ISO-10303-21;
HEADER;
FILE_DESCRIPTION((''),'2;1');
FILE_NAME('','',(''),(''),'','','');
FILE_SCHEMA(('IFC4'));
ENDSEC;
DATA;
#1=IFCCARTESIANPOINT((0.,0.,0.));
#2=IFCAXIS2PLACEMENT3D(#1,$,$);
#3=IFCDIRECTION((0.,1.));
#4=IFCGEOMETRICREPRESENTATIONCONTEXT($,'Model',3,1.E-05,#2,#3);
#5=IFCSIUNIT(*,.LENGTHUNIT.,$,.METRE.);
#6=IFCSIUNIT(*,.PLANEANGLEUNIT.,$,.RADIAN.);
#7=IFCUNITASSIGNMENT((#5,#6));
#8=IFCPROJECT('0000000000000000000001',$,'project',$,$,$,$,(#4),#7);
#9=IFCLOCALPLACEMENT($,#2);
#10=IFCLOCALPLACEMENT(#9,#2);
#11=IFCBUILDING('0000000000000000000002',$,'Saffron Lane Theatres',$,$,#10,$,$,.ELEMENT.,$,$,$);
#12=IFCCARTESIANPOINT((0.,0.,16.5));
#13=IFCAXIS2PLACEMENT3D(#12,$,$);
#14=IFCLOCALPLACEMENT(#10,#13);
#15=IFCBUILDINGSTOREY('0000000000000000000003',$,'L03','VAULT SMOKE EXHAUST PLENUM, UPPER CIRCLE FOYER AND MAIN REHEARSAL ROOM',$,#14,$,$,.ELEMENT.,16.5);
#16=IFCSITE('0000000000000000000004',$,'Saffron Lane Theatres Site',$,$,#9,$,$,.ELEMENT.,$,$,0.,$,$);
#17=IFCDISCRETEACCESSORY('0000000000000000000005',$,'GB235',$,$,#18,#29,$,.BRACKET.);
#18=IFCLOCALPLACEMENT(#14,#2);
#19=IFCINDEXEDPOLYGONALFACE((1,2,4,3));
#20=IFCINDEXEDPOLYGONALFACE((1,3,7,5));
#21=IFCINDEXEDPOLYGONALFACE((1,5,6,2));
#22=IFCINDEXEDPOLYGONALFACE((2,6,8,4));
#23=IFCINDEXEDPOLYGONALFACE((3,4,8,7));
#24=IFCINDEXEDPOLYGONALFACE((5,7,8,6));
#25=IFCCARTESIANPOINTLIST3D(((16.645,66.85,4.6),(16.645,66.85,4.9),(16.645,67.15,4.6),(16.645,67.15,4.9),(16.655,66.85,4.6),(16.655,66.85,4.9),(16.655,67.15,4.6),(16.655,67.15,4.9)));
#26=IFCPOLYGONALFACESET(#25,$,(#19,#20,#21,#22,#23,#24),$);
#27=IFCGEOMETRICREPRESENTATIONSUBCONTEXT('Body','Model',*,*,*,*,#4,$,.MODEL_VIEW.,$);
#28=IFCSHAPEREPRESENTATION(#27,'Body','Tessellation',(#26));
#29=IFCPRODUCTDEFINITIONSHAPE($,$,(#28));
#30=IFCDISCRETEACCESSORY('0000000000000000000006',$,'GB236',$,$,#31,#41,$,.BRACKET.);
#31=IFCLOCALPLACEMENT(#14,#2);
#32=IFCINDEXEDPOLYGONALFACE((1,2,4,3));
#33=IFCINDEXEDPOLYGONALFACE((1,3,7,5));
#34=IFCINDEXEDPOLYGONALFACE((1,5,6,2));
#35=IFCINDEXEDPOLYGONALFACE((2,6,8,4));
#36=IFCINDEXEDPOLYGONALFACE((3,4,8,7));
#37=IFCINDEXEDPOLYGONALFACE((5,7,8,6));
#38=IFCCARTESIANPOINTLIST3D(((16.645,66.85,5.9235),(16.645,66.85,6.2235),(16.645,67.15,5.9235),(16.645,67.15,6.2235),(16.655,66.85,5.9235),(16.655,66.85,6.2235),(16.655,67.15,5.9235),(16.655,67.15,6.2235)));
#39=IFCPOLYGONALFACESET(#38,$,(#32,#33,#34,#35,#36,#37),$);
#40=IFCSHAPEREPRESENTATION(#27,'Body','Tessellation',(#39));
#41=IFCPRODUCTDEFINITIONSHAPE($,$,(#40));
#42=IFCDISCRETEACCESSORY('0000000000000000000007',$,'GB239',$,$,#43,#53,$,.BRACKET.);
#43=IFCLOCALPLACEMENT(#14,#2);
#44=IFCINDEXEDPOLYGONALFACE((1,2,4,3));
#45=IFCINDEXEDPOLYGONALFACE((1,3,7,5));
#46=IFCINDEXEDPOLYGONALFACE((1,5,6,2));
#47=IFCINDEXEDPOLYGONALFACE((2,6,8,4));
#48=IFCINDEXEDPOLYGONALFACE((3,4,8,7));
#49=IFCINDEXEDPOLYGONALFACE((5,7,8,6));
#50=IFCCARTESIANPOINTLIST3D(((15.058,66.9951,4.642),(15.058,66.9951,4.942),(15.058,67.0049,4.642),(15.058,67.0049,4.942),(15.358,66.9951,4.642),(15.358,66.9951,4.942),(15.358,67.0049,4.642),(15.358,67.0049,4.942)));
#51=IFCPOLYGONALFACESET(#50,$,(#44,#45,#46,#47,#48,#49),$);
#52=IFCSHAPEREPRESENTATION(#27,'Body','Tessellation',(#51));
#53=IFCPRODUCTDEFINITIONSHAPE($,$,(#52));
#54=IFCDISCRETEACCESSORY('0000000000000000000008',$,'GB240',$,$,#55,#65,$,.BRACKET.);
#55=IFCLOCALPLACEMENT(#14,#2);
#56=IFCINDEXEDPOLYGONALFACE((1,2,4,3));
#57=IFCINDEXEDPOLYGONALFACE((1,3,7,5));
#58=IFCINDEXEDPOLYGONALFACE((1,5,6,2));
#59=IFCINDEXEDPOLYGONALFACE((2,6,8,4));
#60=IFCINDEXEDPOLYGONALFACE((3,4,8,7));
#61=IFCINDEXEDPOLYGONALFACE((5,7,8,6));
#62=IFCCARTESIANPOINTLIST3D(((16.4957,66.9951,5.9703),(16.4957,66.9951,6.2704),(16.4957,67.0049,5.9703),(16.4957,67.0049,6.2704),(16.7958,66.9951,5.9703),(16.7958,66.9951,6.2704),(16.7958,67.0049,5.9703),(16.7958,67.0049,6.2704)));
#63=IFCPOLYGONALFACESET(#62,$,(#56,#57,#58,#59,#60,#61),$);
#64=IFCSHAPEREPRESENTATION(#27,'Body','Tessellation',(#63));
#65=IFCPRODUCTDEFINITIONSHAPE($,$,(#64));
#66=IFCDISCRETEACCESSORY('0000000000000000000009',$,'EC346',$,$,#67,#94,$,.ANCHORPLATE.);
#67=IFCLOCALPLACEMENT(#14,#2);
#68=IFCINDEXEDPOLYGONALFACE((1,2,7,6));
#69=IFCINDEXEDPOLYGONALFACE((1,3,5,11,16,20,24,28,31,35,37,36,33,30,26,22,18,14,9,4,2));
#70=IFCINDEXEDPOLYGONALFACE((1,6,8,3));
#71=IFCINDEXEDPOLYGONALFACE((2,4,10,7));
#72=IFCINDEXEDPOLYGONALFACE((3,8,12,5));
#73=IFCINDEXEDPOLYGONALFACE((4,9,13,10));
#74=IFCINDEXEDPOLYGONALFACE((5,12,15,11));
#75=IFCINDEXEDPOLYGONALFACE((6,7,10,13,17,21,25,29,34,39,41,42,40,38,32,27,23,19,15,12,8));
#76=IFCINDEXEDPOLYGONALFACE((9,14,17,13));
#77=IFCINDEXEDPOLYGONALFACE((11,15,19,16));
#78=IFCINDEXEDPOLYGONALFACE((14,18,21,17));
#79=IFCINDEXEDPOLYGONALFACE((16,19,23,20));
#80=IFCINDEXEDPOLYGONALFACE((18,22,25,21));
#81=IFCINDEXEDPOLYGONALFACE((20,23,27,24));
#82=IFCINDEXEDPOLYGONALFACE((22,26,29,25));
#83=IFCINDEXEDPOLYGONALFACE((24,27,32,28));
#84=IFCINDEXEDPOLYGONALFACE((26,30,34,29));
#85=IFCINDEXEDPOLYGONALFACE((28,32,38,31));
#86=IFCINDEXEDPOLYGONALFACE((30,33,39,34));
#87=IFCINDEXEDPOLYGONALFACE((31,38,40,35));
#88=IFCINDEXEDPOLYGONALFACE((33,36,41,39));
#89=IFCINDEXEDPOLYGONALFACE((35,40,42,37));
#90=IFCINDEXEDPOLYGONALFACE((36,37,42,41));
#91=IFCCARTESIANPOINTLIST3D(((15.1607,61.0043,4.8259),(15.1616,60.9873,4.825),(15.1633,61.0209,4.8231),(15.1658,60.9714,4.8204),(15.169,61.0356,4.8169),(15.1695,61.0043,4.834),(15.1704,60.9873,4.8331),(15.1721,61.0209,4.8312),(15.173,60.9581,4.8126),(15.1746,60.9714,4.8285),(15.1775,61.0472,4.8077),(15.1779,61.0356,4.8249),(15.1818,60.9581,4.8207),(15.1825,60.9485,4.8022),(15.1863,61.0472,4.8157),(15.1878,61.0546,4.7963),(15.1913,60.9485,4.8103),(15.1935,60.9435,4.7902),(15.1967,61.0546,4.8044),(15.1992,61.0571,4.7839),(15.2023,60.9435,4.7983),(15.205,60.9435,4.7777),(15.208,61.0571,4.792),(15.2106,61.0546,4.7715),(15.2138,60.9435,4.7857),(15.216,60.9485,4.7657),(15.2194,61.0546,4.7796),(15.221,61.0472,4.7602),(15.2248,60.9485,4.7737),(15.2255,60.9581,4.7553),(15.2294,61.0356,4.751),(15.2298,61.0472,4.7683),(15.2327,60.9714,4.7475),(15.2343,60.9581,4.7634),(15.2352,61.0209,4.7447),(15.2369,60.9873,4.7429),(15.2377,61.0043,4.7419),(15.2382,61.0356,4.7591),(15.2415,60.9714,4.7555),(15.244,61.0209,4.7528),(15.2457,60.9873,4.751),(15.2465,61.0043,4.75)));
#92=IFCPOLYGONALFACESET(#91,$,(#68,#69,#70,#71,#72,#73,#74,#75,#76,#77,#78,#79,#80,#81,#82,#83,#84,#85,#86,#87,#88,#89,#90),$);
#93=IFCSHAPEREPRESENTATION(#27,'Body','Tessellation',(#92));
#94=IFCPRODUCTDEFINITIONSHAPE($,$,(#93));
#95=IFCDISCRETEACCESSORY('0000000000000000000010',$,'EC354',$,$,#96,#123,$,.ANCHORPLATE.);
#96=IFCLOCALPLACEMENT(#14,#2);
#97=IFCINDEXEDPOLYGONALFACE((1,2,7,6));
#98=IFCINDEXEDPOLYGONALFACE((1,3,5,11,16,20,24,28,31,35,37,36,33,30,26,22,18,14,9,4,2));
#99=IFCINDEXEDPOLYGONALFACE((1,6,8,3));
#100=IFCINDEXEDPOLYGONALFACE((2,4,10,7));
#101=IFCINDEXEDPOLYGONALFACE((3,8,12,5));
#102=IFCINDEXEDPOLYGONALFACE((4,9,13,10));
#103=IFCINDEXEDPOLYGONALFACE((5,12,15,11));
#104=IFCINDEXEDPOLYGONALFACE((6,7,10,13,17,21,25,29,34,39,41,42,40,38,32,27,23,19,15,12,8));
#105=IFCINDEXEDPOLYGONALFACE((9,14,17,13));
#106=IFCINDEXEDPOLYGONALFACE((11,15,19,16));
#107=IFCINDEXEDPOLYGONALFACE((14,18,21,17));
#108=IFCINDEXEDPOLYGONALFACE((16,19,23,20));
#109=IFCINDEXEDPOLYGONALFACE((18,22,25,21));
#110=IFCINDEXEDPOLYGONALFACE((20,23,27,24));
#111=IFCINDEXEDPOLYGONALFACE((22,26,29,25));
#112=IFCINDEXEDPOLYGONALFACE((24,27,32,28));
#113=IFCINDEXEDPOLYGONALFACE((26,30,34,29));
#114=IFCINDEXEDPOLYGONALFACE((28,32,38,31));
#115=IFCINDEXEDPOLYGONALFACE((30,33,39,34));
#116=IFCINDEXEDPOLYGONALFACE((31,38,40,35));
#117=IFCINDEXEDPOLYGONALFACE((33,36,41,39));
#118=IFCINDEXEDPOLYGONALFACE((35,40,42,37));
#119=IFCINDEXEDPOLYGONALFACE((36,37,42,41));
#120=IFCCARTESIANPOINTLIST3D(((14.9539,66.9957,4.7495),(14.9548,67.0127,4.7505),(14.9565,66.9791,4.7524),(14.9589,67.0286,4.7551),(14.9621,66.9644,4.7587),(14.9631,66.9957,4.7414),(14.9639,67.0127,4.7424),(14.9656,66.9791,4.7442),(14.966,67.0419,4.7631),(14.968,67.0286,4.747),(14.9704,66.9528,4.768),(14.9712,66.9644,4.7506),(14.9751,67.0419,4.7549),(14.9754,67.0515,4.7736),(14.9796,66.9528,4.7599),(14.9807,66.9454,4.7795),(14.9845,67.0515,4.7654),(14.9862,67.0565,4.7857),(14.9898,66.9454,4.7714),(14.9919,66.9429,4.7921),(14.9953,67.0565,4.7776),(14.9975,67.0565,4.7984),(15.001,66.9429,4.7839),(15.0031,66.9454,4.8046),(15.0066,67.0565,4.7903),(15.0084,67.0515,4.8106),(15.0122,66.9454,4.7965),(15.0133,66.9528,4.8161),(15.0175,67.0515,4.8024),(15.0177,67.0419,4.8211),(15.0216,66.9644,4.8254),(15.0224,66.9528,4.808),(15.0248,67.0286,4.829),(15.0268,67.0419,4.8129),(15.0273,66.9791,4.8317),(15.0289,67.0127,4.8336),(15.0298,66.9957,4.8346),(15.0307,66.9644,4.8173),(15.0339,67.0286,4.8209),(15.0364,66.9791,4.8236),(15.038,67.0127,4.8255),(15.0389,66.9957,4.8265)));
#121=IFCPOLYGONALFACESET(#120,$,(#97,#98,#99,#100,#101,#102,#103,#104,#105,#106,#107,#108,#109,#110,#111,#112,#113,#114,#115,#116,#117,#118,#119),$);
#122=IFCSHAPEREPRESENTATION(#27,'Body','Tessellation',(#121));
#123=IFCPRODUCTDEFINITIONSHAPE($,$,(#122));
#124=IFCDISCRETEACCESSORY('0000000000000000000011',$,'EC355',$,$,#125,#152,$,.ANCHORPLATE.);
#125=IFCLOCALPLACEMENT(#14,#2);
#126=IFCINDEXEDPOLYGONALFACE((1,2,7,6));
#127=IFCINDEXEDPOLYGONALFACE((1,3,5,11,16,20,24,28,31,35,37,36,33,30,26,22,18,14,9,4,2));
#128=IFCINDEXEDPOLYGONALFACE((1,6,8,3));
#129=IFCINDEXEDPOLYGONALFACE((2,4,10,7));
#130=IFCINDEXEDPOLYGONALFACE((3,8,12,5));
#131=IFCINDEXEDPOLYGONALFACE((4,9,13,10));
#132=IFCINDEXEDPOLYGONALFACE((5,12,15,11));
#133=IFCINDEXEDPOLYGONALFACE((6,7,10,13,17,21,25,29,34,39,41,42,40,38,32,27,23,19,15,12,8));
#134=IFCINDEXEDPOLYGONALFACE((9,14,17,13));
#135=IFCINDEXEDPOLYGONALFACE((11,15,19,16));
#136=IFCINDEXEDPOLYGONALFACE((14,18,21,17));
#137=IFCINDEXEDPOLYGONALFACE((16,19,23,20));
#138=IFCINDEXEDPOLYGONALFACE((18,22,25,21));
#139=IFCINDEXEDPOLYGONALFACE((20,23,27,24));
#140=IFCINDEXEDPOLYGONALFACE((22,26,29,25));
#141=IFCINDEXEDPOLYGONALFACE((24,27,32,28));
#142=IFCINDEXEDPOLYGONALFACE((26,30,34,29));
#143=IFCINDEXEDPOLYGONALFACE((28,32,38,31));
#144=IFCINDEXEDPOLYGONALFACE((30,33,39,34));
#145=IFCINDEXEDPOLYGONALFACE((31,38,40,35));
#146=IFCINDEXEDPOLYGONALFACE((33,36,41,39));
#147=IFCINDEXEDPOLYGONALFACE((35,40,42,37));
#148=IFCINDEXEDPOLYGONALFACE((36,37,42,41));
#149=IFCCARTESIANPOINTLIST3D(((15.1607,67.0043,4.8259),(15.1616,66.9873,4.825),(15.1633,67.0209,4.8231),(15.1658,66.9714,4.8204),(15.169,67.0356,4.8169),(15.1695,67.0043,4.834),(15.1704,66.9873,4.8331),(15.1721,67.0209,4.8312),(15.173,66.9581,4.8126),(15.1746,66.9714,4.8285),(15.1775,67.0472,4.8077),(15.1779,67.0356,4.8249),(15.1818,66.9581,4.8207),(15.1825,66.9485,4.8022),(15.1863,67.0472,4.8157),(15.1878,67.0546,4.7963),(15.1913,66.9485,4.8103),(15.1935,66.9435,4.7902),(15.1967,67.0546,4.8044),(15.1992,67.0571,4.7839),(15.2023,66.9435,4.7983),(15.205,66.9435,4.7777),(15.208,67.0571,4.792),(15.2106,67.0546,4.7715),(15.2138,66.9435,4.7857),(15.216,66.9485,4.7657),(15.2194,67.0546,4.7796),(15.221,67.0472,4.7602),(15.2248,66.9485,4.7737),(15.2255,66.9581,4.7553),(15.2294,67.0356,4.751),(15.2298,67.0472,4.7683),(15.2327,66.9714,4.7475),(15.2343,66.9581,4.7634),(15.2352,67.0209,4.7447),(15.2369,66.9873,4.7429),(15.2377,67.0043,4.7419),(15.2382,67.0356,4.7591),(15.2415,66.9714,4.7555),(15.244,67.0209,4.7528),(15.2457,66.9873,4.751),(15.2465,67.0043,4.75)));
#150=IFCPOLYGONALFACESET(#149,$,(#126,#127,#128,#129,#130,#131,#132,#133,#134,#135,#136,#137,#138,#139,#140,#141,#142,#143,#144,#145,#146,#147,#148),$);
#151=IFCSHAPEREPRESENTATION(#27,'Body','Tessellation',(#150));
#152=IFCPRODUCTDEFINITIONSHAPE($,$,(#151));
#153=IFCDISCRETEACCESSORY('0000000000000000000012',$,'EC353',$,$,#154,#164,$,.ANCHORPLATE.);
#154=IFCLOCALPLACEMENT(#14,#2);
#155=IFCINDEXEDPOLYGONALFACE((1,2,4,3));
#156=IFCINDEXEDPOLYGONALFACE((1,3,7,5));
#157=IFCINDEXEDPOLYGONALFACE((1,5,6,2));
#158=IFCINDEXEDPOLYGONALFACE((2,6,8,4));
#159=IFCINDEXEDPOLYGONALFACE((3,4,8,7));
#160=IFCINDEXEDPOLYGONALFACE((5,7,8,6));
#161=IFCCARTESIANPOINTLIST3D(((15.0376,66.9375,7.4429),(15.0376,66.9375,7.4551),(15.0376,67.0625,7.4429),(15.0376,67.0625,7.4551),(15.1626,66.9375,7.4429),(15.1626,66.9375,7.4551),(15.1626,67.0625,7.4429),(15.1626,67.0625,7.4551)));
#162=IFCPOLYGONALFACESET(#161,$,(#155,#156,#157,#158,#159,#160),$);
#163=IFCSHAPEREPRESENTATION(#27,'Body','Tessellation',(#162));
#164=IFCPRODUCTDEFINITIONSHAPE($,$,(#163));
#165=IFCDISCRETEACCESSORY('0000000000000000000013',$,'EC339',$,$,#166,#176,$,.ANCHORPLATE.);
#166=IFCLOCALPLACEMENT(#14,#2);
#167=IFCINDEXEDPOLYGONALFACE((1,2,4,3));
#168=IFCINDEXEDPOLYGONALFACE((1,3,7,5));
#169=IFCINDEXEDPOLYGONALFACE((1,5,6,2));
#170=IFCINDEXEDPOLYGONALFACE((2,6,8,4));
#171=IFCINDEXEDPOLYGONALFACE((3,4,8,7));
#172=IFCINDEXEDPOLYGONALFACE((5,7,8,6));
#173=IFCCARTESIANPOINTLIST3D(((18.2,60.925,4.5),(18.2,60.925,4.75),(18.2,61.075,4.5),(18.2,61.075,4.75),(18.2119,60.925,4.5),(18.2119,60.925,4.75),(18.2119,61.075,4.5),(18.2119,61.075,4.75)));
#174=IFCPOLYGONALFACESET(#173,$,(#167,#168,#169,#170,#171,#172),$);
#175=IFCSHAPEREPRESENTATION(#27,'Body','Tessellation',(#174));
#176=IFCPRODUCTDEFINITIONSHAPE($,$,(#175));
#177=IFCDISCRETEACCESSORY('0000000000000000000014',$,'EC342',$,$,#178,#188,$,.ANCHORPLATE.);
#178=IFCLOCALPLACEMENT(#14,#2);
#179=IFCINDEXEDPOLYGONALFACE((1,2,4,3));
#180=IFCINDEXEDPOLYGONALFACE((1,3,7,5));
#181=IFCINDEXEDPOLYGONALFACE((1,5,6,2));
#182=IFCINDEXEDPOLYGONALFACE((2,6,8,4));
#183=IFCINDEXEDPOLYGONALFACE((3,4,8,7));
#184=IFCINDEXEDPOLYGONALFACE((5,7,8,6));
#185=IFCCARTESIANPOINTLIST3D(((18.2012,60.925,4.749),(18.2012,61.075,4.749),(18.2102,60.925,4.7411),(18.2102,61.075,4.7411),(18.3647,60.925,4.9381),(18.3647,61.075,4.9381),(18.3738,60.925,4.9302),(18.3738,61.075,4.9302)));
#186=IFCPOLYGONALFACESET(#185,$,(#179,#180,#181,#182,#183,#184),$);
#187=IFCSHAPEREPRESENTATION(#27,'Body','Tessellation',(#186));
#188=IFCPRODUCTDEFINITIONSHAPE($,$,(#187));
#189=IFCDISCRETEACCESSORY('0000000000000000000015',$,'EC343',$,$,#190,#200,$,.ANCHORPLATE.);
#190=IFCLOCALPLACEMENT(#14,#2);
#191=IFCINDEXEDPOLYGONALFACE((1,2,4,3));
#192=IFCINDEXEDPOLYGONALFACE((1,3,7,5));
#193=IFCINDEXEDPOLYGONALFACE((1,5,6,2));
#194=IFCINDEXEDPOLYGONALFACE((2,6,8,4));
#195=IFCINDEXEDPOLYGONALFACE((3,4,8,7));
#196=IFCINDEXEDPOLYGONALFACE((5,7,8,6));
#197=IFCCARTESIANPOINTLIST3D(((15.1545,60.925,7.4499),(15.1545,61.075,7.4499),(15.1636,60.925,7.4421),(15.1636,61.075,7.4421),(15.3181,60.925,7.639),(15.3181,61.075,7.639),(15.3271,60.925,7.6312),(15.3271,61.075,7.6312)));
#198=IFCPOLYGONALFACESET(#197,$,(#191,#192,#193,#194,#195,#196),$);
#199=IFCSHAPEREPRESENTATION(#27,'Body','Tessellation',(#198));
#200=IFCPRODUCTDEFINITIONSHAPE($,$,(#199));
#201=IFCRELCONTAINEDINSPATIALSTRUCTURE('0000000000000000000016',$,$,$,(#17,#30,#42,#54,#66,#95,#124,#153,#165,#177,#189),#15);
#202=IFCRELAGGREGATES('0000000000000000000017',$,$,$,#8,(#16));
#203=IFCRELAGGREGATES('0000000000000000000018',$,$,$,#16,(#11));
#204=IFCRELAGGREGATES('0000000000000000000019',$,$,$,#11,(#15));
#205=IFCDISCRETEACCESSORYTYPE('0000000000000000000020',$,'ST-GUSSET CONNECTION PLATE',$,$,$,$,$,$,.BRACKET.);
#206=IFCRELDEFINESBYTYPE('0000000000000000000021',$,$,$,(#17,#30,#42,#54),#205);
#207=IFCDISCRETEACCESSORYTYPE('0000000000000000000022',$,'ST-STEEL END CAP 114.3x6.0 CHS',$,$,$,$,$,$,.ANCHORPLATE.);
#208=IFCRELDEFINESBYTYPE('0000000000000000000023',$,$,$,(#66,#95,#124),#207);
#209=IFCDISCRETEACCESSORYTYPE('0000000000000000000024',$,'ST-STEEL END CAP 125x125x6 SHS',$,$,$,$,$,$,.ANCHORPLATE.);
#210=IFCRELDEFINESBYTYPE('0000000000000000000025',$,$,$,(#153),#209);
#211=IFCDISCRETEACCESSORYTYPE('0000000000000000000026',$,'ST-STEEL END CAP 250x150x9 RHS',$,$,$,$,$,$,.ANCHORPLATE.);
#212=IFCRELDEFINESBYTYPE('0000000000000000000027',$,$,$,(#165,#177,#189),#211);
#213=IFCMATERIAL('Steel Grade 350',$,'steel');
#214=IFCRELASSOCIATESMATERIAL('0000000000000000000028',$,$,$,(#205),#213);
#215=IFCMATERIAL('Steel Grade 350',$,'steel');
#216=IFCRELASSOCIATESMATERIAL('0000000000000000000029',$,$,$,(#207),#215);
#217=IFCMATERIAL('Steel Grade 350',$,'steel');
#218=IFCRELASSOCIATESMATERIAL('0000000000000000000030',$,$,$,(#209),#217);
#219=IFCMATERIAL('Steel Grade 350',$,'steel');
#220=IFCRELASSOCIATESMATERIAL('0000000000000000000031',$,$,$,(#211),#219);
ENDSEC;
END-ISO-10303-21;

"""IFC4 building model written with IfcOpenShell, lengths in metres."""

from ifc_helpers import new_model, si_unit, direction, frame, origin, origin_2d, place, context, subcontext, project, spatial, rectangle, circle, extrude, material, material_profile, profile_set, type_object, element, save


model = new_model("IFC4")

# Units and contexts
model_context = context("Model", 3, precision=1e-05, world=origin(), true_north=direction((0.0, 1.0)))
body_context = subcontext(model_context, "Body", "Model", "MODEL_VIEW")
ifc_project = project(units=[si_unit("LENGTHUNIT", "METRE"), si_unit("PLANEANGLEUNIT", "RADIAN")], contexts=[model_context])

# Site, building, storey
site_placement = place(None, origin())
site = spatial("IfcSite", under=ifc_project, at=site_placement, Name="Saffron Lane Theatres Site", CompositionType="ELEMENT", RefElevation=0.0)
building_placement = place(site_placement, origin())
building = spatial("IfcBuilding", under=site, at=building_placement, Name="Saffron Lane Theatres", CompositionType="ELEMENT")
storey_placement = place(building_placement, frame((0.0, 0.0, 16.5)))
storey = spatial("IfcBuildingStorey", under=building, at=storey_placement, Name="L03", Description="VAULT SMOKE EXHAUST PLENUM, UPPER CIRCLE FOYER AND MAIN REHEARSAL ROOM", CompositionType="ELEMENT", Elevation=16.5)

# Discrete accessories
ifc_material_1 = material(Name="Steel Grade 350", Category="steel")
ifc_material_profile_1 = material_profile(ifc_material_1, rectangle(XDim=0.3, YDim=0.3, at=origin_2d()))
ifc_profile_set_1 = profile_set([ifc_material_profile_1], Name="Steel Grade 350")
discrete_accessory_type_1 = type_object("IfcDiscreteAccessoryType", Name="ST-GUSSET CONNECTION PLATE", PredefinedType="BRACKET", material=ifc_profile_set_1)
for number, where, z_axis, x_axis, name in (
    (1, (16.645, 67.0, 4.75), (1.0, 0.0, 0.0), (0.0, 1.0, 0.0), "GB235"),
    (2, (16.645, 67.0, 6.0735), (1.0, 0.0, 0.0), (0.0, 1.0, 0.0), "GB236"),
):
    element("IfcDiscreteAccessory", number, at=place(storey_placement, frame(where, z_axis=z_axis, x_axis=x_axis)), inside=storey, type_object=discrete_accessory_type_1, Name=name, PredefinedType="BRACKET", context=body_context, shape_type="SweptSolid", body=[
        extrude(rectangle(XDim=0.3, YDim=0.3, at=origin_2d()), origin(), (0.0, 0.0, 1.0), 0.01),
    ])
for number, where, z_axis, x_axis, name in (
    (3, (15.208, 66.9951, 4.792), (0.0, 1.0, 0.0), (-1.0, 0.0, 0.0), "GB239"),
    (4, (16.6458, 66.9951, 6.1204), (0.0, 1.0, 0.0), (-1.0, 0.0, 0.0), "GB240"),
):
    element("IfcDiscreteAccessory", number, at=place(storey_placement, frame(where, z_axis=z_axis, x_axis=x_axis)), inside=storey, type_object=discrete_accessory_type_1, Name=name, PredefinedType="BRACKET", context=body_context, shape_type="SweptSolid", body=[
        extrude(rectangle(XDim=0.3, YDim=0.3, at=origin_2d()), origin(), (0.0, 0.0, 1.0), 0.0098),
    ])
ifc_material_2 = material(Name="Steel Grade 350", Category="steel")
ifc_material_profile_2 = material_profile(ifc_material_2, circle(Radius=0.0571, at=origin_2d()))
ifc_profile_set_2 = profile_set([ifc_material_profile_2], Name="Steel Grade 350")
discrete_accessory_type_2 = type_object("IfcDiscreteAccessoryType", Name="ST-STEEL END CAP 114.3x6.0 CHS", PredefinedType="ANCHORPLATE", material=ifc_profile_set_2)
discrete_accessory_1_placement = place(storey_placement, frame((15.1992, 61.0, 4.7839), z_axis=(0.737154, 0.0, 0.675725), x_axis=(0.0, 1.0, 0.0)))
element("IfcDiscreteAccessory", 5, at=discrete_accessory_1_placement, inside=storey, type_object=discrete_accessory_type_2, Name="EC346", PredefinedType="ANCHORPLATE", context=body_context, shape_type="SweptSolid", body=[
    extrude(circle(Radius=0.0571, at=origin_2d()), origin(), (0.0, 0.0, 1.0), 0.012),
])
discrete_accessory_2_placement = place(storey_placement, frame((15.001, 67.0, 4.7839), z_axis=(-0.746295, 0.0, 0.665615), x_axis=(0.0, -1.0, 0.0)))
element("IfcDiscreteAccessory", 6, at=discrete_accessory_2_placement, inside=storey, type_object=discrete_accessory_type_2, Name="EC354", PredefinedType="ANCHORPLATE", context=body_context, shape_type="SweptSolid", body=[
    extrude(circle(Radius=0.0571, at=origin_2d()), origin(), (0.0, 0.0, 1.0), 0.0122),
])
discrete_accessory_3_placement = place(storey_placement, frame((15.1992, 67.0, 4.7839), z_axis=(0.737154, 0.0, 0.675725), x_axis=(0.0, 1.0, 0.0)))
element("IfcDiscreteAccessory", 7, at=discrete_accessory_3_placement, inside=storey, type_object=discrete_accessory_type_2, Name="EC355", PredefinedType="ANCHORPLATE", context=body_context, shape_type="SweptSolid", body=[
    extrude(circle(Radius=0.0571, at=origin_2d()), origin(), (0.0, 0.0, 1.0), 0.012),
])
ifc_material_3 = material(Name="Steel Grade 350", Category="steel")
ifc_material_profile_3 = material_profile(ifc_material_3, rectangle(XDim=0.125, YDim=0.125, at=origin_2d()))
ifc_profile_set_3 = profile_set([ifc_material_profile_3], Name="Steel Grade 350")
discrete_accessory_type_3 = type_object("IfcDiscreteAccessoryType", Name="ST-STEEL END CAP 125x125x6 SHS", PredefinedType="ANCHORPLATE", material=ifc_profile_set_3)
discrete_accessory_4_placement = place(storey_placement, frame((15.1001, 67.0, 7.4429), z_axis=(0.0, 0.0, 1.0), x_axis=(1.0, 0.0, 0.0)))
element("IfcDiscreteAccessory", 8, at=discrete_accessory_4_placement, inside=storey, type_object=discrete_accessory_type_3, Name="EC353", PredefinedType="ANCHORPLATE", context=body_context, shape_type="SweptSolid", body=[
    extrude(rectangle(XDim=0.125, YDim=0.125, at=origin_2d()), origin(), (0.0, 0.0, 1.0), 0.0122),
])
ifc_material_4 = material(Name="Steel Grade 350", Category="steel")
ifc_material_profile_4 = material_profile(ifc_material_4, rectangle(XDim=0.1499, YDim=0.25, at=origin_2d()))
ifc_profile_set_4 = profile_set([ifc_material_profile_4], Name="Steel Grade 350")
discrete_accessory_type_4 = type_object("IfcDiscreteAccessoryType", Name="ST-STEEL END CAP 250x150x9 RHS", PredefinedType="ANCHORPLATE", material=ifc_profile_set_4)
for number, where, z_axis, x_axis, name in (
    (9, (18.2, 61.0, 4.625), (1.0, 0.0, 0.0), (0.0, 1.0, 0.0), "EC339"),
    (10, (18.292, 61.0, 4.8357), (-0.756363, 0.0, 0.654152), (0.0, -1.0, 0.0), "EC342"),
    (11, (15.2454, 61.0, 7.5366), (-0.756363, 0.0, 0.654152), (0.0, -1.0, 0.0), "EC343"),
):
    element("IfcDiscreteAccessory", number, at=place(storey_placement, frame(where, z_axis=z_axis, x_axis=x_axis)), inside=storey, type_object=discrete_accessory_type_4, Name=name, PredefinedType="ANCHORPLATE", context=body_context, shape_type="SweptSolid", body=[
        extrude(rectangle(XDim=0.1499, YDim=0.25, at=origin_2d()), origin(), (0.0, 0.0, 1.0), 0.012),
    ])

save(model, "model.ifc")
